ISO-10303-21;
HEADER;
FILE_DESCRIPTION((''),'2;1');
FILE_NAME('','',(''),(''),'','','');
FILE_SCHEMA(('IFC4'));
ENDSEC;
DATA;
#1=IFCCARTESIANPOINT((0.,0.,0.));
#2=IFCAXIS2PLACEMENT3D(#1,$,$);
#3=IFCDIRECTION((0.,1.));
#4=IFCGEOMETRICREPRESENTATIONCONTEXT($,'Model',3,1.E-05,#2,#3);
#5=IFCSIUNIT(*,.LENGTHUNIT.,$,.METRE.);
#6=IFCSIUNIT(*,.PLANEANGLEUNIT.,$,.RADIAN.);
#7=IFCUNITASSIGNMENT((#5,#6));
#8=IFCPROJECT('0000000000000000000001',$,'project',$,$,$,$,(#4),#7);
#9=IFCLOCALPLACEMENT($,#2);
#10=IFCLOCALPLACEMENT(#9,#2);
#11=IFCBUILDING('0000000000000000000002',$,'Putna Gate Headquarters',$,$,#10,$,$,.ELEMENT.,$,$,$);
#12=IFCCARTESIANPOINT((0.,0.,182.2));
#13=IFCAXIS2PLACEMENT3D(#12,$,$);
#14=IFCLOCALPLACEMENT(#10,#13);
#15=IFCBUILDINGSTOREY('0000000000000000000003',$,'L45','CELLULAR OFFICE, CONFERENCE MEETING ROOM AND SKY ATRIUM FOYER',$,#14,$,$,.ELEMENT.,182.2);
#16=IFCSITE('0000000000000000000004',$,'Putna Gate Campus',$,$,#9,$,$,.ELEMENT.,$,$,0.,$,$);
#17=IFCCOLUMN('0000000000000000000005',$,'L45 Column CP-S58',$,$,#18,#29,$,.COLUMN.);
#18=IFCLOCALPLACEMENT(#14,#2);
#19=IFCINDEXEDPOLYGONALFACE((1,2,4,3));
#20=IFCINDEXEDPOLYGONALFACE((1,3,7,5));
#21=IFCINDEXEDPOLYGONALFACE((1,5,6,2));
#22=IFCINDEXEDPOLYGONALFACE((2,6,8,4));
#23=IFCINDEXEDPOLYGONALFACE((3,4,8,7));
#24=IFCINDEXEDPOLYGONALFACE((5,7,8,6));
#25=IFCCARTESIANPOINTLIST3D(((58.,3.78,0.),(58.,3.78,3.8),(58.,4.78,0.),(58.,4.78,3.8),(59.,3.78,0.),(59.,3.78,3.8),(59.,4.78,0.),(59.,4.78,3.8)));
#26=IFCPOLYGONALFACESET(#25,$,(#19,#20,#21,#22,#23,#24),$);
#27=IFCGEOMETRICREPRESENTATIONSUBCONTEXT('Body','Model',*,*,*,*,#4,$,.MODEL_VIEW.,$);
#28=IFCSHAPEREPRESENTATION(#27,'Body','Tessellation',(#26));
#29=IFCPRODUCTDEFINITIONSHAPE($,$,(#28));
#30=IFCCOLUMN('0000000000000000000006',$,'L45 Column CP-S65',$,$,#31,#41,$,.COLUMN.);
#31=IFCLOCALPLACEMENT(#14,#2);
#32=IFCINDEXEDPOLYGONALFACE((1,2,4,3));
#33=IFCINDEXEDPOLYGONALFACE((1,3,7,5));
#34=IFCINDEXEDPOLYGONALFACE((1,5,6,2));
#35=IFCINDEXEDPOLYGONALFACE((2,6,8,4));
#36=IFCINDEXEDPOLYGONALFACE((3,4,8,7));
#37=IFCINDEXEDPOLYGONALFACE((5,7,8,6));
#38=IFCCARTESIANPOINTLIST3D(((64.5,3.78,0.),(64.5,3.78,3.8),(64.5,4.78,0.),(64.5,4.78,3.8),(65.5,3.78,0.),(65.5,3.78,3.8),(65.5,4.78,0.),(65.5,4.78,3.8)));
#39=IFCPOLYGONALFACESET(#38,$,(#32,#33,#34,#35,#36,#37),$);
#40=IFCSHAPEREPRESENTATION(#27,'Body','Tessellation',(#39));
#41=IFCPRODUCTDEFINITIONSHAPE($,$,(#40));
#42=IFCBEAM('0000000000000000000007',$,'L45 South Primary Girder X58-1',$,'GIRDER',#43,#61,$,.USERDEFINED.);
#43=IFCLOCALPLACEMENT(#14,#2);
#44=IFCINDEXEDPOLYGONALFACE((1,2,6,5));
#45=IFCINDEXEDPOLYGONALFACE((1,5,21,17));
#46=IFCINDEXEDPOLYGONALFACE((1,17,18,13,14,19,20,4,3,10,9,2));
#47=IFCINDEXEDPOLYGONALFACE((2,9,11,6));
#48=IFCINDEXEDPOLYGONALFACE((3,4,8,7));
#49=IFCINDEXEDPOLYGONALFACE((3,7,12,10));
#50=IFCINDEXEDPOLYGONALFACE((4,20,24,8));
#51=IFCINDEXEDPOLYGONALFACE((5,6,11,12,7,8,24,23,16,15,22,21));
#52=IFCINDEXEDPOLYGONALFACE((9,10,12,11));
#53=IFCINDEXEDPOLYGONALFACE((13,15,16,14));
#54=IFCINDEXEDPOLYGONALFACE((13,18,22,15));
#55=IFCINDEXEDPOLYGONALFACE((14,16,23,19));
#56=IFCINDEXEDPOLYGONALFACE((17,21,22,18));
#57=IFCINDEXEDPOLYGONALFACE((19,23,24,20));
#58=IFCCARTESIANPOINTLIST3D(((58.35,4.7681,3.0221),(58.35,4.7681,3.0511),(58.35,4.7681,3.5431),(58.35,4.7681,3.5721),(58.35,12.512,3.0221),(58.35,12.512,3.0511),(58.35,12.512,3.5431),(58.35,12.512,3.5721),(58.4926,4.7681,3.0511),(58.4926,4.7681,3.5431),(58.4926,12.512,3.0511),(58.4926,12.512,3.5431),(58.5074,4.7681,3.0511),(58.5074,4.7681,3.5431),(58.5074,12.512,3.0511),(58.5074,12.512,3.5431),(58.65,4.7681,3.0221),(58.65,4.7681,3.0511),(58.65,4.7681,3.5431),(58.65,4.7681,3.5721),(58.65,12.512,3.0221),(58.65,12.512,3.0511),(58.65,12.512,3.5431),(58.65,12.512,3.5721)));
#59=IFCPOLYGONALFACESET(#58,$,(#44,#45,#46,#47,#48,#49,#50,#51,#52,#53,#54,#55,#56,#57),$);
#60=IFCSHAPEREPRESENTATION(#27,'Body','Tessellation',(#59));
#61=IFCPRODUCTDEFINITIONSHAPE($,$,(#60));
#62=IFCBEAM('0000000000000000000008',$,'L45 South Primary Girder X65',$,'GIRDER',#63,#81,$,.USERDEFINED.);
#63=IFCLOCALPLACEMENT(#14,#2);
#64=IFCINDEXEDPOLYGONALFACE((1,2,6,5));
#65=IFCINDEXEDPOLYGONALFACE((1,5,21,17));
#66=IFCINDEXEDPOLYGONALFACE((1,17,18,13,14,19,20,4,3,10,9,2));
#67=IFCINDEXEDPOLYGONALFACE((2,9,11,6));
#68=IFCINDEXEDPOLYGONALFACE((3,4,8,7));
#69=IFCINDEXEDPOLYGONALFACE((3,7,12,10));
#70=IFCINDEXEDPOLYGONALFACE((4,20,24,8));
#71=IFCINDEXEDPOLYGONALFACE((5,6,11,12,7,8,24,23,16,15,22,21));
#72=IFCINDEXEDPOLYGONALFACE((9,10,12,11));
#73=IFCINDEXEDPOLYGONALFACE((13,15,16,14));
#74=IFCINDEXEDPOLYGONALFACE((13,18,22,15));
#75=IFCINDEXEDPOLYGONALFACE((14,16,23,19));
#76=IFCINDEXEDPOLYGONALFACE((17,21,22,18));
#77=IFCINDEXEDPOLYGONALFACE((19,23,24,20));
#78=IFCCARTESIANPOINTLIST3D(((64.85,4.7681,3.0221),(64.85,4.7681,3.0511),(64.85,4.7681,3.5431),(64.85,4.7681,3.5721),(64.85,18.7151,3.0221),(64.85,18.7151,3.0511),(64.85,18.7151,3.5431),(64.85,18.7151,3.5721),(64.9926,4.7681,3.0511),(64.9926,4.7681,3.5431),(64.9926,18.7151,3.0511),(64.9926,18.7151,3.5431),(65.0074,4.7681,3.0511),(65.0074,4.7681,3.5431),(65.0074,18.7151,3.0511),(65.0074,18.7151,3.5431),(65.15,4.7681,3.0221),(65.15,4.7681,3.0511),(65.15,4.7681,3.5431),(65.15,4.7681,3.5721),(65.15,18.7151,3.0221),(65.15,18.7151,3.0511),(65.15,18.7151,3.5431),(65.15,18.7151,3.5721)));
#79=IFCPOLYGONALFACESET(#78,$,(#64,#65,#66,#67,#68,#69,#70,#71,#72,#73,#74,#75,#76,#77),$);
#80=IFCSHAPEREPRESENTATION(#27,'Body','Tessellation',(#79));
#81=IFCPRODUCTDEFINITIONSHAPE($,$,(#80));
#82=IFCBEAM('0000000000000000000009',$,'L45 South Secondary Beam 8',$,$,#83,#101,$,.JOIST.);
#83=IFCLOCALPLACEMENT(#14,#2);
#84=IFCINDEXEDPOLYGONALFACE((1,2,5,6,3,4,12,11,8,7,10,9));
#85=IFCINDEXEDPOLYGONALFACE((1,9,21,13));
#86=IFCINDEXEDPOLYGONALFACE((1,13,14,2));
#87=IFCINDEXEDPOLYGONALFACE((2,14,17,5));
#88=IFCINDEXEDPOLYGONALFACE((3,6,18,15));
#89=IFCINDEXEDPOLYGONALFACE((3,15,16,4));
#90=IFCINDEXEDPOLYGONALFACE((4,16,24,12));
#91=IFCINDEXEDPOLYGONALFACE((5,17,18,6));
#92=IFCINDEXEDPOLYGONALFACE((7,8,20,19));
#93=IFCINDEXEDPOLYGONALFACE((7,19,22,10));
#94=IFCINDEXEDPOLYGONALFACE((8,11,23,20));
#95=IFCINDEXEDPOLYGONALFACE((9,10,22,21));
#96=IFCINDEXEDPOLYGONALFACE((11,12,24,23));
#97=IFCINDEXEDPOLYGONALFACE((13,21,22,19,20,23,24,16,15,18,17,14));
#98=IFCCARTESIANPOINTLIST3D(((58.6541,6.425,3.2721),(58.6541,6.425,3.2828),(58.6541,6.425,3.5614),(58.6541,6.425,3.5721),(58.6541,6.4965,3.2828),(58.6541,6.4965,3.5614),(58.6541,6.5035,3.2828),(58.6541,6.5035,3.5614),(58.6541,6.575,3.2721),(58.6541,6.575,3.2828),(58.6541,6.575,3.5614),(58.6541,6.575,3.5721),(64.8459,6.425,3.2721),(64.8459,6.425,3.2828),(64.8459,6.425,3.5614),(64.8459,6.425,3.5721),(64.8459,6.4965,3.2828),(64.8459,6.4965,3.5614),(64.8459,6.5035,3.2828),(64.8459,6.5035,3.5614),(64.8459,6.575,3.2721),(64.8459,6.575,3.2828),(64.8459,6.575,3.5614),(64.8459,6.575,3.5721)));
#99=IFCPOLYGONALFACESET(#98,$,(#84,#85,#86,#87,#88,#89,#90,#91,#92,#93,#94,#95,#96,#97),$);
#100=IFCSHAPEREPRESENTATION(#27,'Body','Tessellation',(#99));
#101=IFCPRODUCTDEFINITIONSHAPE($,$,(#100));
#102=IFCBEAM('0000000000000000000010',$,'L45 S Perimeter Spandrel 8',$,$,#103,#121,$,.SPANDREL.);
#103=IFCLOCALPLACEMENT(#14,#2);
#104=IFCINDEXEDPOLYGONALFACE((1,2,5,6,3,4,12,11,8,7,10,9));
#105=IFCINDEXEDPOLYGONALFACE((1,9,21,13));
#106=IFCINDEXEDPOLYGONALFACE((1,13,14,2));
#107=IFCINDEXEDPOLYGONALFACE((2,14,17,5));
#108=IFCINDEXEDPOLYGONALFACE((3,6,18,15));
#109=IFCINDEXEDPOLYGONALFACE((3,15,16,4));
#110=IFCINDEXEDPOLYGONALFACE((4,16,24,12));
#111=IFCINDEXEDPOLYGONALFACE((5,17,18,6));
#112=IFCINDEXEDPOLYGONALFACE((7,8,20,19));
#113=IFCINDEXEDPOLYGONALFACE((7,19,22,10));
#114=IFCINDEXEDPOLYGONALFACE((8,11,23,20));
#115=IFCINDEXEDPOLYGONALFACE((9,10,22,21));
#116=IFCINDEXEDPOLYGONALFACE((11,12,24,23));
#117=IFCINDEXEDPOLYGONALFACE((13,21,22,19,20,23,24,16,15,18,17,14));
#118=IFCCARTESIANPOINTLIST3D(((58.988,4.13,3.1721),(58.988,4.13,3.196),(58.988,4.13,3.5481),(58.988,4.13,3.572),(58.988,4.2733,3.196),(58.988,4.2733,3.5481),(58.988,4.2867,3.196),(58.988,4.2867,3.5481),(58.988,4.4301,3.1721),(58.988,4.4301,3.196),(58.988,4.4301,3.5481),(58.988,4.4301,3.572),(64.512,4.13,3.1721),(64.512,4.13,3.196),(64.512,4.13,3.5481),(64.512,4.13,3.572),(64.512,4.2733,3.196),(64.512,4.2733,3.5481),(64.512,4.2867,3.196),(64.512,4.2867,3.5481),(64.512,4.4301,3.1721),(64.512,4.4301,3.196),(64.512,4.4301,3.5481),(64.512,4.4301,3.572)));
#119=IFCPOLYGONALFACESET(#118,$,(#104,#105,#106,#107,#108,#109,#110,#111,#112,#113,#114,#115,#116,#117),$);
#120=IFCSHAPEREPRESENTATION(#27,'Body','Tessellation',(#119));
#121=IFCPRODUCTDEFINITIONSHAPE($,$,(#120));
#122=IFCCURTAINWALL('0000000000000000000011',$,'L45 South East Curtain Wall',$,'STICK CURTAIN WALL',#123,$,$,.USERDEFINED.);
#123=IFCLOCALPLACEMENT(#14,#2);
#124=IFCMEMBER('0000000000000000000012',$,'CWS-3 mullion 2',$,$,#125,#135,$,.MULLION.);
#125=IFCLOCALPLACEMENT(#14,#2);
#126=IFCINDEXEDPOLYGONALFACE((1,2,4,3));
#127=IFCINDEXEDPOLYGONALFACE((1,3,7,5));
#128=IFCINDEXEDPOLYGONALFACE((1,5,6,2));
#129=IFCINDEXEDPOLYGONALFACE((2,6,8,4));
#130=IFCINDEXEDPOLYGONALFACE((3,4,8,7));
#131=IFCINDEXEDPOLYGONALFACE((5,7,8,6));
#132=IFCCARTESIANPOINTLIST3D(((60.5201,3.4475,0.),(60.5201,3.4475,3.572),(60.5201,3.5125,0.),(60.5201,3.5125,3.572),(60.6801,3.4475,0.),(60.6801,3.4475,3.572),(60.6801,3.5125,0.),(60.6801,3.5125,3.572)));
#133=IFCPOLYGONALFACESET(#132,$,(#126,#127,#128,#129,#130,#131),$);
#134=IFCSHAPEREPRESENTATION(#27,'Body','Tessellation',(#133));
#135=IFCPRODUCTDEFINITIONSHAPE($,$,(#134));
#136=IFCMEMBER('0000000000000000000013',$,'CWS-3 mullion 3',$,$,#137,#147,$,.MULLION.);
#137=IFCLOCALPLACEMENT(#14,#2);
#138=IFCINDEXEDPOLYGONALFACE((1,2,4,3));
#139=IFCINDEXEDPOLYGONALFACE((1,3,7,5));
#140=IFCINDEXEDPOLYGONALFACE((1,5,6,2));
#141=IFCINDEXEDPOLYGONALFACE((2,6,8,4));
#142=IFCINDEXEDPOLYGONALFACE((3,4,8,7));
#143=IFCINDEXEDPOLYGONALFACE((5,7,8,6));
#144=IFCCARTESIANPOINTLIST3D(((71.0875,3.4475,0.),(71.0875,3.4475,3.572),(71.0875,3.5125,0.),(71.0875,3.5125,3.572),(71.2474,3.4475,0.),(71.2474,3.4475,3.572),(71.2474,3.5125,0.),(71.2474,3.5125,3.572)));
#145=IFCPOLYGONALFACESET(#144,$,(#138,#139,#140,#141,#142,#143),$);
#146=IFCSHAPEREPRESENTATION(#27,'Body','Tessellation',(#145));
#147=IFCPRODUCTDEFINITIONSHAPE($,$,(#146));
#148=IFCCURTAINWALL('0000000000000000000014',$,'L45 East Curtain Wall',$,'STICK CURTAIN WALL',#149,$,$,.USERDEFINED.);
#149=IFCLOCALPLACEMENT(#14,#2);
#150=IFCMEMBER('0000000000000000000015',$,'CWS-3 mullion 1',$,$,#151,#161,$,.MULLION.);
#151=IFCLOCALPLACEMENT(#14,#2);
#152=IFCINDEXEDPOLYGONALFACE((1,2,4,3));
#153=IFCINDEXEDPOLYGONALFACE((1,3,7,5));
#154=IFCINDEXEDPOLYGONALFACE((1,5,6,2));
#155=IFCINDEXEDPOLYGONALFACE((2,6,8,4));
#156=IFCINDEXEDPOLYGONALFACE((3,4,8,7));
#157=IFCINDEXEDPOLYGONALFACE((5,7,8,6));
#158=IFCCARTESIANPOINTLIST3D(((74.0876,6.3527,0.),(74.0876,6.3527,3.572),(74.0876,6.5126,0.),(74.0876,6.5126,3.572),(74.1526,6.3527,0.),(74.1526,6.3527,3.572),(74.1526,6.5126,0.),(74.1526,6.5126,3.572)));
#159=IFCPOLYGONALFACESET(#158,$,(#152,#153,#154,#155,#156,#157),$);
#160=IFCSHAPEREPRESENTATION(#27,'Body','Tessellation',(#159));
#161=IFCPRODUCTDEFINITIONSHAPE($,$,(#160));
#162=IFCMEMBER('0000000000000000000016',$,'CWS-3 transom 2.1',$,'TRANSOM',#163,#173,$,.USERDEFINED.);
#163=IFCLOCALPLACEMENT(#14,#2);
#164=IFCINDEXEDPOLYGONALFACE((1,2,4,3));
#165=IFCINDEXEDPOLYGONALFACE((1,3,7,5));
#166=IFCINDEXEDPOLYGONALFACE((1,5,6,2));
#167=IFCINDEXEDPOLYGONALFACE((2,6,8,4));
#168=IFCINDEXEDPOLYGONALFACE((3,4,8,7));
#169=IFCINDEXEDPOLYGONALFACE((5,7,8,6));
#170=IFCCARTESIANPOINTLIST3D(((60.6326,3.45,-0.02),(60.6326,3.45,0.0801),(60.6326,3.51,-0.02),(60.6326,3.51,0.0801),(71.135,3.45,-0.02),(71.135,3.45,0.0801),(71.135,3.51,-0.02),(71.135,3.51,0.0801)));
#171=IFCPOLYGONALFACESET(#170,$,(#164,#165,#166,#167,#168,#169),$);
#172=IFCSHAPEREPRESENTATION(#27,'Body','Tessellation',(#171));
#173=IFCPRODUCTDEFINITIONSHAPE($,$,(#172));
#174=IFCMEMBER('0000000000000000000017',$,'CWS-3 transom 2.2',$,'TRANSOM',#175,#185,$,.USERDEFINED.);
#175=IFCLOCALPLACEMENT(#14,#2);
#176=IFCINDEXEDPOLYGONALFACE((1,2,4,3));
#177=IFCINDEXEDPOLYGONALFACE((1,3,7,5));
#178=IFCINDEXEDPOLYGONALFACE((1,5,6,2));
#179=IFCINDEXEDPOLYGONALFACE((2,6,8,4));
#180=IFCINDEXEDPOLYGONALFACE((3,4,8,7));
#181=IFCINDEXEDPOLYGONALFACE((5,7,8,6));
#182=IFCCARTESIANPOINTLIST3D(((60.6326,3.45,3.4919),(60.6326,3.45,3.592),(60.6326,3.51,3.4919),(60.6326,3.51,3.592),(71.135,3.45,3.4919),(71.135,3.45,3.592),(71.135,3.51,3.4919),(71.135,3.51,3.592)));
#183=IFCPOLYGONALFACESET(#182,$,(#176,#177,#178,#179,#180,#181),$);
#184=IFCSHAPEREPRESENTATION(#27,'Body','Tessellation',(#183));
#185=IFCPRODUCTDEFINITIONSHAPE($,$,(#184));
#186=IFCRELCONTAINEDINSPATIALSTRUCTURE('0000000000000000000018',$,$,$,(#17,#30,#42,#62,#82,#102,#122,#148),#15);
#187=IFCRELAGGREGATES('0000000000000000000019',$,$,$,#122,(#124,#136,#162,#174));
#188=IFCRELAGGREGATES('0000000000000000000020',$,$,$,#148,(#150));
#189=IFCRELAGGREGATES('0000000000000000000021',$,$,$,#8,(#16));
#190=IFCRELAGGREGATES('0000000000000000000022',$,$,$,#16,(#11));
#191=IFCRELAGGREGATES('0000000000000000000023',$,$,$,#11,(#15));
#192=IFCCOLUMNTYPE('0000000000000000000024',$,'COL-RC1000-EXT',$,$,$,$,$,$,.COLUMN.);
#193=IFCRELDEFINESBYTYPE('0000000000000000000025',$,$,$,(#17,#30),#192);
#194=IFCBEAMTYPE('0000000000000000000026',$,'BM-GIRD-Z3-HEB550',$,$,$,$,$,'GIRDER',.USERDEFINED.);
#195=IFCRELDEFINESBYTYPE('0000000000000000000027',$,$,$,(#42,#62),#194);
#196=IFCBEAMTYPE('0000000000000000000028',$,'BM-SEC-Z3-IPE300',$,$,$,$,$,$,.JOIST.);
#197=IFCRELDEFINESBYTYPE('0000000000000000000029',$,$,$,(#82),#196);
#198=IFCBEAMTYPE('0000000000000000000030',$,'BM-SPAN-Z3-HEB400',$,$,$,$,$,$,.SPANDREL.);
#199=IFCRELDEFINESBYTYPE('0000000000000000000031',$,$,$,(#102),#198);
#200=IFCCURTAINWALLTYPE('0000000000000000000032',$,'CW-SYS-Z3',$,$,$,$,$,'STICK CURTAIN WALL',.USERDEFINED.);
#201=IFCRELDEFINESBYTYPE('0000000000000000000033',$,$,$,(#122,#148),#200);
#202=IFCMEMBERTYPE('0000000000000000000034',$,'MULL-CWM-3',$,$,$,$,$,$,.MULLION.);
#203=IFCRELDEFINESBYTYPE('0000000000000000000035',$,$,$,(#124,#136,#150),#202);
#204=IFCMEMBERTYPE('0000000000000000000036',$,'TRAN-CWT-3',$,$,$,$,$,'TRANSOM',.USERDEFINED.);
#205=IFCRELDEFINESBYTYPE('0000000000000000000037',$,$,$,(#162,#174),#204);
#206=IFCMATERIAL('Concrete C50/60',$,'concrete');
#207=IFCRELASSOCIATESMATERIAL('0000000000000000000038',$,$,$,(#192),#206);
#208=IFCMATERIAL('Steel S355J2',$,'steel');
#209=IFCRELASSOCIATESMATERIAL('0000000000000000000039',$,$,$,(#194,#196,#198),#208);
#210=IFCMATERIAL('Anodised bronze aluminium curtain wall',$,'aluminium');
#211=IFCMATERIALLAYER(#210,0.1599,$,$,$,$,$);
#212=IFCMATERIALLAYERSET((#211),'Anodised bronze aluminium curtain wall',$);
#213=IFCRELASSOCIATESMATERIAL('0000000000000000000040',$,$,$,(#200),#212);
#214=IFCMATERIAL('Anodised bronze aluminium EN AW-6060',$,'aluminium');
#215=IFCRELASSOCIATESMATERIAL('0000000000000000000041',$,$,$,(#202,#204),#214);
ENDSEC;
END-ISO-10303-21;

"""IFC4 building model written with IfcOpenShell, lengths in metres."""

from ifc_helpers import new_model, si_unit, direction, frame, origin, origin_2d, place, context, subcontext, project, spatial, rectangle, i_section, extrude, material, layer, layer_set, material_profile, profile_set, type_object, element, aggregate, save


model = new_model("IFC4")

# Units and contexts
model_context = context("Model", 3, precision=1e-05, world=origin(), true_north=direction((0.0, 1.0)))
body_context = subcontext(model_context, "Body", "Model", "MODEL_VIEW")
ifc_project = project(units=[si_unit("LENGTHUNIT", "METRE"), si_unit("PLANEANGLEUNIT", "RADIAN")], contexts=[model_context])

# Site, building, storey
site_placement = place(None, origin())
site = spatial("IfcSite", under=ifc_project, at=site_placement, Name="Putna Gate Campus", CompositionType="ELEMENT", RefElevation=0.0)
building_placement = place(site_placement, origin())
building = spatial("IfcBuilding", under=site, at=building_placement, Name="Putna Gate Headquarters", CompositionType="ELEMENT")
storey_placement = place(building_placement, frame((0.0, 0.0, 182.2)))
storey = spatial("IfcBuildingStorey", under=building, at=storey_placement, Name="L45", Description="CELLULAR OFFICE, CONFERENCE MEETING ROOM AND SKY ATRIUM FOYER", CompositionType="ELEMENT", Elevation=182.2)

# Columns
ifc_material_1 = material(Name="Concrete C50/60", Category="concrete")
ifc_material_profile_1 = material_profile(ifc_material_1, rectangle(XDim=1.0, YDim=1.0, at=origin_2d()), Name="Concrete C50/60")
ifc_profile_set_1 = profile_set([ifc_material_profile_1], Name="Concrete C50/60")
column_type = type_object("IfcColumnType", Name="COL-RC1000-EXT", PredefinedType="COLUMN", material=ifc_profile_set_1)
for number, where, z_axis, x_axis, name in (
    (1, (58.5, 4.28, 0.0), (0.0, 0.0, 1.0), (1.0, 0.0, 0.0), "L45 Column CP-S58"),
    (2, (65.0, 4.28, 0.0), (0.0, 0.0, 1.0), (1.0, 0.0, 0.0), "L45 Column CP-S65"),
):
    element("IfcColumn", number, at=place(storey_placement, frame(where, z_axis=z_axis, x_axis=x_axis)), inside=storey, type_object=column_type, Name=name, PredefinedType="COLUMN", context=body_context, shape_type="SweptSolid", body=[
        extrude(rectangle(XDim=1.0, YDim=1.0, at=origin_2d()), origin(), (0.0, 0.0, 1.0), 3.8),
    ])

# Beams
ifc_material_2 = material(Name="Steel S355J2", Category="steel")
ifc_material_profile_2 = material_profile(ifc_material_2, i_section(OverallWidth=0.3, OverallDepth=0.55, WebThickness=0.0149, FlangeThickness=0.0291, at=origin_2d()), Name="Steel S355J2")
ifc_profile_set_2 = profile_set([ifc_material_profile_2], Name="Steel S355J2")
beam_type_1 = type_object("IfcBeamType", Name="BM-GIRD-Z3-HEB550", ElementType="GIRDER", PredefinedType="USERDEFINED", material=ifc_profile_set_2)
beam_1_placement = place(storey_placement, frame((58.5, 4.7681, 3.2971), z_axis=(0.0, 1.0, 0.0), x_axis=(-1.0, 0.0, 0.0)))
element("IfcBeam", 3, at=beam_1_placement, inside=storey, type_object=beam_type_1, Name="L45 South Primary Girder X58-1", ObjectType="GIRDER", PredefinedType="USERDEFINED", context=body_context, shape_type="SweptSolid", body=[
    extrude(i_section(OverallWidth=0.3, OverallDepth=0.55, WebThickness=0.0149, FlangeThickness=0.0291, at=origin_2d()), origin(), (0.0, 0.0, 1.0), 7.7439),
])
beam_2_placement = place(storey_placement, frame((65.0, 4.7681, 3.2971), z_axis=(0.0, 1.0, 0.0), x_axis=(-1.0, 0.0, 0.0)))
element("IfcBeam", 4, at=beam_2_placement, inside=storey, type_object=beam_type_1, Name="L45 South Primary Girder X65", ObjectType="GIRDER", PredefinedType="USERDEFINED", context=body_context, shape_type="SweptSolid", body=[
    extrude(i_section(OverallWidth=0.3, OverallDepth=0.55, WebThickness=0.0149, FlangeThickness=0.0291, at=origin_2d()), origin(), (0.0, 0.0, 1.0), 13.947),
])
ifc_material_profile_3 = material_profile(ifc_material_2, i_section(OverallWidth=0.1499, OverallDepth=0.3, WebThickness=0.0071, FlangeThickness=0.0107, at=origin_2d()), Name="Steel S355J2")
ifc_profile_set_3 = profile_set([ifc_material_profile_3], Name="Steel S355J2")
beam_type_2 = type_object("IfcBeamType", Name="BM-SEC-Z3-IPE300", PredefinedType="JOIST", material=ifc_profile_set_3)
beam_3_placement = place(storey_placement, frame((58.6541, 6.5, 3.4221), z_axis=(1.0, 0.0, 0.0), x_axis=(0.0, 1.0, 0.0)))
element("IfcBeam", 5, at=beam_3_placement, inside=storey, type_object=beam_type_2, Name="L45 South Secondary Beam 8", PredefinedType="JOIST", context=body_context, shape_type="SweptSolid", body=[
    extrude(i_section(OverallWidth=0.1499, OverallDepth=0.3, WebThickness=0.0071, FlangeThickness=0.0107, at=origin_2d()), origin(), (0.0, 0.0, 1.0), 6.1919),
])
ifc_material_profile_4 = material_profile(ifc_material_2, i_section(OverallWidth=0.3, OverallDepth=0.3999, WebThickness=0.0134, FlangeThickness=0.0239, at=origin_2d()), Name="Steel S355J2")
ifc_profile_set_4 = profile_set([ifc_material_profile_4], Name="Steel S355J2")
beam_type_3 = type_object("IfcBeamType", Name="BM-SPAN-Z3-HEB400", PredefinedType="SPANDREL", material=ifc_profile_set_4)
beam_4_placement = place(storey_placement, frame((58.988, 4.28, 3.3721), z_axis=(1.0, 0.0, 0.0), x_axis=(0.0, 1.0, 0.0)))
element("IfcBeam", 6, at=beam_4_placement, inside=storey, type_object=beam_type_3, Name="L45 S Perimeter Spandrel 8", PredefinedType="SPANDREL", context=body_context, shape_type="SweptSolid", body=[
    extrude(i_section(OverallWidth=0.3, OverallDepth=0.3999, WebThickness=0.0134, FlangeThickness=0.0239, at=origin_2d()), origin(), (0.0, 0.0, 1.0), 5.5239),
])

# Curtain wall, members
ifc_material_3 = material(Name="Anodised bronze aluminium curtain wall", Category="aluminium")
ifc_layer_1 = layer(ifc_material_3, 0.1599)
ifc_layer_set_1 = layer_set([ifc_layer_1], Name="Anodised bronze aluminium curtain wall")
curtain_wall_type = type_object("IfcCurtainWallType", Name="CW-SYS-Z3", ElementType="STICK CURTAIN WALL", PredefinedType="USERDEFINED", material=ifc_layer_set_1)
curtain_wall_1_placement = place(storey_placement, origin())
curtain_wall_1 = element("IfcCurtainWall", 7, at=curtain_wall_1_placement, inside=storey, type_object=curtain_wall_type, Name="L45 South East Curtain Wall", ObjectType="STICK CURTAIN WALL", PredefinedType="USERDEFINED")
ifc_material_4 = material(Name="Anodised bronze aluminium EN AW-6060", Category="aluminium")
ifc_material_profile_5 = material_profile(ifc_material_4, rectangle(XDim=0.0649, YDim=0.1599, at=origin_2d()), Name="Anodised bronze aluminium EN AW-6060")
ifc_profile_set_5 = profile_set([ifc_material_profile_5], Name="Anodised bronze aluminium EN AW-6060")
member_type_1 = type_object("IfcMemberType", Name="MULL-CWM-3", PredefinedType="MULLION", material=ifc_profile_set_5)
member_1_placement = place(storey_placement, frame((60.6001, 3.48, 0.0), z_axis=(0.0, 0.0, 1.0), x_axis=(0.0, 1.0, 0.0)))
member_1 = element("IfcMember", 8, at=member_1_placement, type_object=member_type_1, Name="CWS-3 mullion 2", PredefinedType="MULLION", context=body_context, shape_type="SweptSolid", body=[
    extrude(rectangle(XDim=0.0649, YDim=0.1599, at=origin_2d()), origin(), (0.0, 0.0, 1.0), 3.572),
])
member_2_placement = place(storey_placement, frame((71.1675, 3.48, 0.0), z_axis=(0.0, 0.0, 1.0), x_axis=(0.0, 1.0, 0.0)))
member_2 = element("IfcMember", 9, at=member_2_placement, type_object=member_type_1, Name="CWS-3 mullion 3", PredefinedType="MULLION", context=body_context, shape_type="SweptSolid", body=[
    extrude(rectangle(XDim=0.0649, YDim=0.1599, at=origin_2d()), origin(), (0.0, 0.0, 1.0), 3.572),
])

# Curtain wall, member
curtain_wall_2_placement = place(storey_placement, origin())
curtain_wall_2 = element("IfcCurtainWall", 10, at=curtain_wall_2_placement, inside=storey, type_object=curtain_wall_type, Name="L45 East Curtain Wall", ObjectType="STICK CURTAIN WALL", PredefinedType="USERDEFINED")
member_3_placement = place(storey_placement, frame((74.1201, 6.4326, 0.0), z_axis=(0.0, 0.0, 1.0), x_axis=(-1.0, 0.0, 0.0)))
member_3 = element("IfcMember", 11, at=member_3_placement, type_object=member_type_1, Name="CWS-3 mullion 1", PredefinedType="MULLION", context=body_context, shape_type="SweptSolid", body=[
    extrude(rectangle(XDim=0.0649, YDim=0.1599, at=origin_2d()), origin(), (0.0, 0.0, 1.0), 3.572),
])

# Members
ifc_material_profile_6 = material_profile(ifc_material_4, rectangle(XDim=0.0601, YDim=0.1001, at=origin_2d()), Name="Anodised bronze aluminium EN AW-6060")
ifc_profile_set_6 = profile_set([ifc_material_profile_6], Name="Anodised bronze aluminium EN AW-6060")
member_type_2 = type_object("IfcMemberType", Name="TRAN-CWT-3", ElementType="TRANSOM", PredefinedType="USERDEFINED", material=ifc_profile_set_6)
member_4_placement = place(storey_placement, frame((60.6326, 3.48, 0.03), z_axis=(1.0, 0.0, 0.0), x_axis=(0.0, 1.0, 0.0)))
member_4 = element("IfcMember", 12, at=member_4_placement, type_object=member_type_2, Name="CWS-3 transom 2.1", ObjectType="TRANSOM", PredefinedType="USERDEFINED", context=body_context, shape_type="SweptSolid", body=[
    extrude(rectangle(XDim=0.0601, YDim=0.1001, at=origin_2d()), origin(), (0.0, 0.0, 1.0), 10.5024),
])
member_5_placement = place(storey_placement, frame((60.6326, 3.48, 3.542), z_axis=(1.0, 0.0, 0.0), x_axis=(0.0, 1.0, 0.0)))
member_5 = element("IfcMember", 13, at=member_5_placement, type_object=member_type_2, Name="CWS-3 transom 2.2", ObjectType="TRANSOM", PredefinedType="USERDEFINED", context=body_context, shape_type="SweptSolid", body=[
    extrude(rectangle(XDim=0.0601, YDim=0.1001, at=origin_2d()), origin(), (0.0, 0.0, 1.0), 10.5024),
])

aggregate(curtain_wall_1, [member_1, member_2, member_4, member_5])
aggregate(curtain_wall_2, [member_3])

save(model, "model.ifc")
